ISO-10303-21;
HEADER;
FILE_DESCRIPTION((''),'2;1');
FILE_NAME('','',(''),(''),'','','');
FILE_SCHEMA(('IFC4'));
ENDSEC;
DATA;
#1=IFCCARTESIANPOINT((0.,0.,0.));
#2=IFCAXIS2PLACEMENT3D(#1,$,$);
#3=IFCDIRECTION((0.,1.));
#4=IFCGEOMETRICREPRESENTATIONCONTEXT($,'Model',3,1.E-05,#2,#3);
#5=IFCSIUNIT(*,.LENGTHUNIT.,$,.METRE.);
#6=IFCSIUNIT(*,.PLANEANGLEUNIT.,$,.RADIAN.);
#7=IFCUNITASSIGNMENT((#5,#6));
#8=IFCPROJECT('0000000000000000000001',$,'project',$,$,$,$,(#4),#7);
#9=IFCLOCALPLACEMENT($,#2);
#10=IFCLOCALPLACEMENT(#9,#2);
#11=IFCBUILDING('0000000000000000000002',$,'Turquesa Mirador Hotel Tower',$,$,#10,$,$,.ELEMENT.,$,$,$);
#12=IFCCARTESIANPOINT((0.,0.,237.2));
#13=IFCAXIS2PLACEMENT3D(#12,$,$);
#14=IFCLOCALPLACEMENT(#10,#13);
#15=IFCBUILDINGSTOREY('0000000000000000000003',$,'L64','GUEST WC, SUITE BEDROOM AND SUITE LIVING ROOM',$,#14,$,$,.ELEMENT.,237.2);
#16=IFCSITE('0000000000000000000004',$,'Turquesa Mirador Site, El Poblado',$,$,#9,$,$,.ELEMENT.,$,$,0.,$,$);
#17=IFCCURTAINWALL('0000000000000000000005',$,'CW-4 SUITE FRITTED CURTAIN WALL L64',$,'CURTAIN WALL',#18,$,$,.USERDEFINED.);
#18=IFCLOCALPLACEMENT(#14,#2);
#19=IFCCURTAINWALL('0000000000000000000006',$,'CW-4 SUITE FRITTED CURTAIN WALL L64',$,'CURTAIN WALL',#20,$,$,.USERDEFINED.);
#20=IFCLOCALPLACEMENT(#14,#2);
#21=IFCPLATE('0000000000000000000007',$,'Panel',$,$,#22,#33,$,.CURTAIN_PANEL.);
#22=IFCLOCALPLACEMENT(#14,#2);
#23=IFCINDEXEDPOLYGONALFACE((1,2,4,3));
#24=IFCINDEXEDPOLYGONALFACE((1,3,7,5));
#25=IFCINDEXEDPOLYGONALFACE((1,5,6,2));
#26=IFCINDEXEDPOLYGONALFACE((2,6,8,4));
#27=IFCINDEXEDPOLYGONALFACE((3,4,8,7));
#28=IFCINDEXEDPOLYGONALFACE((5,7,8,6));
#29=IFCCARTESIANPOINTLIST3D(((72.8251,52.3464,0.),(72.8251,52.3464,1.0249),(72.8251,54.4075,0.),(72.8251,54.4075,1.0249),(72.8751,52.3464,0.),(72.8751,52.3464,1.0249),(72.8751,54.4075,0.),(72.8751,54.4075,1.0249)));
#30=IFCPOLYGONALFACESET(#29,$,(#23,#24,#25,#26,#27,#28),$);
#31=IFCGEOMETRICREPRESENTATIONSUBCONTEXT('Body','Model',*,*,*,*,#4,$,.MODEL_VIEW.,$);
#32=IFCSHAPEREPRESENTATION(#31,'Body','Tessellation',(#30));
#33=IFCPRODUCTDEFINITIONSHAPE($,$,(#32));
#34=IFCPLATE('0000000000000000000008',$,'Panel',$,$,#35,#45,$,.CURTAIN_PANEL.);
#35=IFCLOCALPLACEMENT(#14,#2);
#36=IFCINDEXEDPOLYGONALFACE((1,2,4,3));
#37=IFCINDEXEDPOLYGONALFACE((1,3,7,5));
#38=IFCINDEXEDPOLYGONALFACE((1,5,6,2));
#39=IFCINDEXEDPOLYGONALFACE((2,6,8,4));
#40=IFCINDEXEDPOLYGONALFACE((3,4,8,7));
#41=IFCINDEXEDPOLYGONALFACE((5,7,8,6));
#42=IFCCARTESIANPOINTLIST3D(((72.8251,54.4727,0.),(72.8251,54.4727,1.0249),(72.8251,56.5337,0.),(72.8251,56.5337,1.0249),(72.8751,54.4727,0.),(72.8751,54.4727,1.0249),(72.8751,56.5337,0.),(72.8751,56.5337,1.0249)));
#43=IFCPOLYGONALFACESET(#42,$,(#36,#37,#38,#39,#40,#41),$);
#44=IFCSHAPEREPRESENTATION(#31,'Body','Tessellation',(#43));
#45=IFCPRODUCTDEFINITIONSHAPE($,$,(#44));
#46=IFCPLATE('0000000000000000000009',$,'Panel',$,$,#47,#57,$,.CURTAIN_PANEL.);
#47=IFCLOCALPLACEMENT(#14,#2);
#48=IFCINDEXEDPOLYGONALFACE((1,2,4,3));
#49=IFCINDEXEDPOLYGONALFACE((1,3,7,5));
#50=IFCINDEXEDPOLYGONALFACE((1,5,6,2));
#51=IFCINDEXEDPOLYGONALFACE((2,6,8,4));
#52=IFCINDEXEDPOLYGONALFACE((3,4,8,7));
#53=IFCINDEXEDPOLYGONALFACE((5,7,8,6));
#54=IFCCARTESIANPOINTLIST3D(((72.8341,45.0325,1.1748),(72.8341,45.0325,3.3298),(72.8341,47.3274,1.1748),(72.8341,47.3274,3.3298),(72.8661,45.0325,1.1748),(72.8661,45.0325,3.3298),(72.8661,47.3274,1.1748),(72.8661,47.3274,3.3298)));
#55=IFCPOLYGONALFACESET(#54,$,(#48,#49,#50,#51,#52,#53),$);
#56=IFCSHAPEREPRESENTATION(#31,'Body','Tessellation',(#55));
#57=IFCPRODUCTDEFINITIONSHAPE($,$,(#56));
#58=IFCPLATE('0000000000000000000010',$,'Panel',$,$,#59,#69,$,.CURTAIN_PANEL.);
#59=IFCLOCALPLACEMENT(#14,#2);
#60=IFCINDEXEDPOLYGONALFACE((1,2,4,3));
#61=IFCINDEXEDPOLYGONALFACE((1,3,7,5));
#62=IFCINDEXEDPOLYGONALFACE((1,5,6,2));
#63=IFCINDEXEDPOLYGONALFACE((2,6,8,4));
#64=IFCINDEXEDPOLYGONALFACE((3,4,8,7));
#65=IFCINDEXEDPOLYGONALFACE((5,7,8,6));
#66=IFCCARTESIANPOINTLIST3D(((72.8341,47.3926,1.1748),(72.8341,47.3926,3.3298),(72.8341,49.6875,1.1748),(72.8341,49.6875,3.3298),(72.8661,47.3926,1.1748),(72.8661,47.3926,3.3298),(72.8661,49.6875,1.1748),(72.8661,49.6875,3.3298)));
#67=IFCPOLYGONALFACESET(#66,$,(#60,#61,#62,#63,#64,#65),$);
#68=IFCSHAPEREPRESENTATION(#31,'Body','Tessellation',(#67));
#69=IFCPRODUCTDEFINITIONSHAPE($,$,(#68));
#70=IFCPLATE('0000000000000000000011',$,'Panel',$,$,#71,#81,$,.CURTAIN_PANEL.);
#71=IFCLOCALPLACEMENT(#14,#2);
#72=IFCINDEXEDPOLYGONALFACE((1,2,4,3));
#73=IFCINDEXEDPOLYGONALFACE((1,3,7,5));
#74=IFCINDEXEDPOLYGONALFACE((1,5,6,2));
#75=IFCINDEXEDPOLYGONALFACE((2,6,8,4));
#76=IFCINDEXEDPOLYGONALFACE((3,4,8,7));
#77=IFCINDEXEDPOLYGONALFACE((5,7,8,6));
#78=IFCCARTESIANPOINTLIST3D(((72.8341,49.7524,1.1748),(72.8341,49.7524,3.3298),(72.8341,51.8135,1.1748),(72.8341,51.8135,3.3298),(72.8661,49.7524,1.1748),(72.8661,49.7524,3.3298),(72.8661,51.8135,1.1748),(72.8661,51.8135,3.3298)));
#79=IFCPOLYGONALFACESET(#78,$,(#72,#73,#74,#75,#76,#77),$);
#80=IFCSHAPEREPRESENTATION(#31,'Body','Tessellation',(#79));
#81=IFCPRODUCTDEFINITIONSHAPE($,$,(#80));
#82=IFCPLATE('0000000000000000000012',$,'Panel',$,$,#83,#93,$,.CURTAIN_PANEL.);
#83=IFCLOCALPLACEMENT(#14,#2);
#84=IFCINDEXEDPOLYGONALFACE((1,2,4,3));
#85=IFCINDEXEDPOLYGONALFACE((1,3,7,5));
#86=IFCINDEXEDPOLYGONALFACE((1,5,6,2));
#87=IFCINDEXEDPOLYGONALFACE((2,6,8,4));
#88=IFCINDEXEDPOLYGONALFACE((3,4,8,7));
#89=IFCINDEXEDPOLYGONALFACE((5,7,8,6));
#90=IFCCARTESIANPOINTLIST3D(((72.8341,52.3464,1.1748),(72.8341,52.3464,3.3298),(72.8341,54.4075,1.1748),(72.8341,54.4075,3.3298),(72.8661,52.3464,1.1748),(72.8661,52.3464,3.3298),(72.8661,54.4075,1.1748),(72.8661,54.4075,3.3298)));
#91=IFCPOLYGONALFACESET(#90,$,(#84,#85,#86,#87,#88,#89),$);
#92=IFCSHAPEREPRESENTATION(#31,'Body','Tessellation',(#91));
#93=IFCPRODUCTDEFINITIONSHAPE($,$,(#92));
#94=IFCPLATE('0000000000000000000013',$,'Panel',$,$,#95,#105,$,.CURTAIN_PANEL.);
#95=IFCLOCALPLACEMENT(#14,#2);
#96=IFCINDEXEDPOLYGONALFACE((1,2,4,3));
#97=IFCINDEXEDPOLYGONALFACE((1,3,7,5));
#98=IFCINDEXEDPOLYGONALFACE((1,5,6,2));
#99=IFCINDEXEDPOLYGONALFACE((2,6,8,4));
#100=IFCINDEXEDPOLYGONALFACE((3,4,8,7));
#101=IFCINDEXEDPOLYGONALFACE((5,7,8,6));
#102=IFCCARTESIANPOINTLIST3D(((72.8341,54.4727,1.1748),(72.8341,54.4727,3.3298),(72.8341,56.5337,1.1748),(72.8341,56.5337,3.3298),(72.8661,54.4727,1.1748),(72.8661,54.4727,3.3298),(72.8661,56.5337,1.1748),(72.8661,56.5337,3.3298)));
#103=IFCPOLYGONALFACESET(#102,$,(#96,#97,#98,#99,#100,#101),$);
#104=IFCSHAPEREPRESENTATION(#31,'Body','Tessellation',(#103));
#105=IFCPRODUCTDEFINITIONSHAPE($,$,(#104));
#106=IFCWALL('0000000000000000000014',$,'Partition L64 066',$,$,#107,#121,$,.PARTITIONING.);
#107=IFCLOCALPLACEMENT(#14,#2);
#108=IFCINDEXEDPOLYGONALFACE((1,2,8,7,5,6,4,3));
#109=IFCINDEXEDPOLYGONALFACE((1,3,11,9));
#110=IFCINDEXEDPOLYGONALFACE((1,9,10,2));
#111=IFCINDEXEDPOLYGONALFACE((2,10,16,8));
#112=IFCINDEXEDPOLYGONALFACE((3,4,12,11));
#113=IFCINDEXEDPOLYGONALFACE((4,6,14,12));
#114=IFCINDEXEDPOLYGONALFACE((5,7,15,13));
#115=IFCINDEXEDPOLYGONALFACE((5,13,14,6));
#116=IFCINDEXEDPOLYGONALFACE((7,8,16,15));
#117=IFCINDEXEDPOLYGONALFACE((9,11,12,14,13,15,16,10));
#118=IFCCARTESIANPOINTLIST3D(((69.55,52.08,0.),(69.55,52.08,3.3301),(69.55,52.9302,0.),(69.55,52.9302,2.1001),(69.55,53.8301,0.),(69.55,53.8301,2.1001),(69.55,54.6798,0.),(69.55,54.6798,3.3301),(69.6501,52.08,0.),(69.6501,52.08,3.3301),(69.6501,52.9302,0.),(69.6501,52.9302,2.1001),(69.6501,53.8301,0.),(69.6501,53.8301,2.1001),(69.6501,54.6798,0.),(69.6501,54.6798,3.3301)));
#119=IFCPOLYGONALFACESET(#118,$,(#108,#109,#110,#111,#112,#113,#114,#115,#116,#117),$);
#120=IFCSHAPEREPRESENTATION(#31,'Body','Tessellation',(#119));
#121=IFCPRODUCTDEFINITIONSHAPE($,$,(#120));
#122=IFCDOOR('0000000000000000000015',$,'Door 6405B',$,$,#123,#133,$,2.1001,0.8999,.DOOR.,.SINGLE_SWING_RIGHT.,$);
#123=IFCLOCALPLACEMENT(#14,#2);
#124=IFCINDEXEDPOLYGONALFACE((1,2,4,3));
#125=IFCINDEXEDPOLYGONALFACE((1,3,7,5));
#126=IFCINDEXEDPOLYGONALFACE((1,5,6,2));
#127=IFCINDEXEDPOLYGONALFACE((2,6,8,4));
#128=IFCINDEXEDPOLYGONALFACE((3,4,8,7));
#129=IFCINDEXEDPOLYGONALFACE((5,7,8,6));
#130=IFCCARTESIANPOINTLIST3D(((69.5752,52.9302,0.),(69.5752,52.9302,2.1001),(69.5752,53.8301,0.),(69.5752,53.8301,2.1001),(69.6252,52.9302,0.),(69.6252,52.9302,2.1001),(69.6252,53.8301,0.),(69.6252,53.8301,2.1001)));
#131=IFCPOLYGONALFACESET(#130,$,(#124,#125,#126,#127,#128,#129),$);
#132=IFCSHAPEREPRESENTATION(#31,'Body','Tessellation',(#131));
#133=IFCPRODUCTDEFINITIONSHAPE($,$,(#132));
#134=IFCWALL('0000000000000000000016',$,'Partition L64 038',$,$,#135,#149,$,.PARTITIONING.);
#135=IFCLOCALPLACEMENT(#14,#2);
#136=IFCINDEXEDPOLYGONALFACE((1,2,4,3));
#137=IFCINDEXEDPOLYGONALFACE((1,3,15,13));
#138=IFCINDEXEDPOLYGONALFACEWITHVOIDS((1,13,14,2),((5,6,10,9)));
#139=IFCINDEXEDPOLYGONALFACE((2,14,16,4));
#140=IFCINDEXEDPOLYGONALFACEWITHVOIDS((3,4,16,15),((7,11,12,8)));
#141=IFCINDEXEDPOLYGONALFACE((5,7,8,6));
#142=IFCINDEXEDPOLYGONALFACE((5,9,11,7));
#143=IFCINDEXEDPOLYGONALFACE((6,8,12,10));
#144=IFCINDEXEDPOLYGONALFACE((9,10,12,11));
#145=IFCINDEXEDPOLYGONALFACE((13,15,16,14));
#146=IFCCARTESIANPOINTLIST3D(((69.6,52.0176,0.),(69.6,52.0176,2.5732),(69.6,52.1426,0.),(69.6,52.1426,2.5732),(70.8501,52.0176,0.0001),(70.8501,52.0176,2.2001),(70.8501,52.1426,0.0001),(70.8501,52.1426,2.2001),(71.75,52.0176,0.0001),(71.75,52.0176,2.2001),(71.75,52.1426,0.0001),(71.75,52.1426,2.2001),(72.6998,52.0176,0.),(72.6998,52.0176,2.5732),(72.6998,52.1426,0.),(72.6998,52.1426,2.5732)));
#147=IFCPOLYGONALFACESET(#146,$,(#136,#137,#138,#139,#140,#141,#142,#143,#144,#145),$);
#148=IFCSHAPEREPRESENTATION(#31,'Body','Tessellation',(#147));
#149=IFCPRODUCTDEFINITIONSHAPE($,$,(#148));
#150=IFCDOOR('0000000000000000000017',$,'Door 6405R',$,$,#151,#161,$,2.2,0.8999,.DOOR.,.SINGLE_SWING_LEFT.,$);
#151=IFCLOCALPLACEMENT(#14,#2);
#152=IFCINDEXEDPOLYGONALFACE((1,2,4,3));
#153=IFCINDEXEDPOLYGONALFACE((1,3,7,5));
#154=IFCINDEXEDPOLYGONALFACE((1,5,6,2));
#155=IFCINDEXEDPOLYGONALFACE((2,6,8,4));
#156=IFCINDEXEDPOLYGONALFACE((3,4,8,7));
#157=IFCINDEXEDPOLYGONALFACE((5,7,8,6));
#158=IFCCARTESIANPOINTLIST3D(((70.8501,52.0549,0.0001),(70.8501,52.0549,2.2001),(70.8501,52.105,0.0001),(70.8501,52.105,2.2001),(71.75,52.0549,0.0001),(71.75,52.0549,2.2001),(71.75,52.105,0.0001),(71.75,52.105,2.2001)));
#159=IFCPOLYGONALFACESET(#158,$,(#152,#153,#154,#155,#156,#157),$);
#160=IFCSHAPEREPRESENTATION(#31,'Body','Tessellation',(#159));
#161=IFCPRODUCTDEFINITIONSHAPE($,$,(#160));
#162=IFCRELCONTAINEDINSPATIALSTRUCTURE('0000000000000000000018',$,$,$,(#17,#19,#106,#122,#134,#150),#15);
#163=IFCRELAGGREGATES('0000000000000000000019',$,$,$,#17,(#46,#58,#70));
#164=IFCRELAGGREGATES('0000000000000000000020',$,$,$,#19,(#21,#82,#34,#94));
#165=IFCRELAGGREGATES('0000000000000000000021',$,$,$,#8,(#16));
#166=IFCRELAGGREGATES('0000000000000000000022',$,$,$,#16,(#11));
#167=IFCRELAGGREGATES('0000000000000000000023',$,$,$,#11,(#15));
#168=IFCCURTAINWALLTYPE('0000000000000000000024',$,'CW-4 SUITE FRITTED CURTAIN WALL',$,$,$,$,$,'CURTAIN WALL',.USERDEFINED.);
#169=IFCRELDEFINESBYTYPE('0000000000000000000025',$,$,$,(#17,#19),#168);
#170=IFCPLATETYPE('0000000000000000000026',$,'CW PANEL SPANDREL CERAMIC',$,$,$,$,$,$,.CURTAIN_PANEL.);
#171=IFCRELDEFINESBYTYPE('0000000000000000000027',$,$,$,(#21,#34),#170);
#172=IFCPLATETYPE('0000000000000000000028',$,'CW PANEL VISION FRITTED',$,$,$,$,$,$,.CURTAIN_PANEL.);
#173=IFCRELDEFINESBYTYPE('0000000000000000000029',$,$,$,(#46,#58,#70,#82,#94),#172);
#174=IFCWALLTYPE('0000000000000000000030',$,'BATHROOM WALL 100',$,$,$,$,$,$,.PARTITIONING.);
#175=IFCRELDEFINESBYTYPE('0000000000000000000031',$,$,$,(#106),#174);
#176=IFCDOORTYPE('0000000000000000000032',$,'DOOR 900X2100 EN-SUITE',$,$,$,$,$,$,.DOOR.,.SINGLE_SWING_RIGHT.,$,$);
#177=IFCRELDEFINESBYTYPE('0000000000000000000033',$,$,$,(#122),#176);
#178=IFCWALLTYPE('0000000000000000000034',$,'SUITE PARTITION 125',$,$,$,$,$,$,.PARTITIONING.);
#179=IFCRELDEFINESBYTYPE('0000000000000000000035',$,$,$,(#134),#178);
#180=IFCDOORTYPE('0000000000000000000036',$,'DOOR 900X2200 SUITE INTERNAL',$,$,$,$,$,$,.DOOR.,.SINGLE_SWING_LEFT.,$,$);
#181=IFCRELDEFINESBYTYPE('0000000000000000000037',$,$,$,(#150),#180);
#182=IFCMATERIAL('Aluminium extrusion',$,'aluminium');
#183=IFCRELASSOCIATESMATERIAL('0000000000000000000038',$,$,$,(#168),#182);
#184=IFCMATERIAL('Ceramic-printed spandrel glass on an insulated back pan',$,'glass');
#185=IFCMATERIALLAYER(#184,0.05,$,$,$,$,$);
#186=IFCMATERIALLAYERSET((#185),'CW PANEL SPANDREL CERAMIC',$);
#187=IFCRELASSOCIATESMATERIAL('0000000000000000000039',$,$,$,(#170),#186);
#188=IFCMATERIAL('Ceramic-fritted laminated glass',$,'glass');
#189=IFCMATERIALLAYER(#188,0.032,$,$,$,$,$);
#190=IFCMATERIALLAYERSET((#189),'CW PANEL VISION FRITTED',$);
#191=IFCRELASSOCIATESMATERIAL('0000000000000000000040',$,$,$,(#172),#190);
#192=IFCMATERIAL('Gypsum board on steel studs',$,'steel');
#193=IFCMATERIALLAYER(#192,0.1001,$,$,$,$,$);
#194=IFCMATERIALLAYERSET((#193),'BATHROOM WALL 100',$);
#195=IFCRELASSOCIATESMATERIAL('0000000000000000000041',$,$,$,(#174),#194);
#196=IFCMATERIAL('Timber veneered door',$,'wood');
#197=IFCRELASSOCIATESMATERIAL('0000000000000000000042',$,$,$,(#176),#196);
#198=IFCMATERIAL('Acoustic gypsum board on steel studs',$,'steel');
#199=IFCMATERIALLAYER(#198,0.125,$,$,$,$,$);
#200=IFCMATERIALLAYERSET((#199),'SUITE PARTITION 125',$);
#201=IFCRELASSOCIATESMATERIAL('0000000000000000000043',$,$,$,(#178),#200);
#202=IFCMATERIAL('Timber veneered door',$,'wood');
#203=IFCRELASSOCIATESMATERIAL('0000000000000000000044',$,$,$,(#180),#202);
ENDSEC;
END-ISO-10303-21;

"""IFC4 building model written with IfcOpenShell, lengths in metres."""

from ifc_helpers import new_model, si_unit, direction, frame, frame_2d, origin, origin_2d, place, context, subcontext, project, spatial, rectangle, extrude, material, layer, layer_set, type_object, element, fill, aggregate, save


model = new_model("IFC4")

# Units and contexts
model_context = context("Model", 3, precision=1e-05, world=origin(), true_north=direction((0.0, 1.0)))
body_context = subcontext(model_context, "Body", "Model", "MODEL_VIEW")
ifc_project = project(units=[si_unit("LENGTHUNIT", "METRE"), si_unit("PLANEANGLEUNIT", "RADIAN")], contexts=[model_context])

# Site, building, storey
site_placement = place(None, origin())
site = spatial("IfcSite", under=ifc_project, at=site_placement, Name="Turquesa Mirador Site, El Poblado", CompositionType="ELEMENT", RefElevation=0.0)
building_placement = place(site_placement, origin())
building = spatial("IfcBuilding", under=site, at=building_placement, Name="Turquesa Mirador Hotel Tower", CompositionType="ELEMENT")
storey_placement = place(building_placement, frame((0.0, 0.0, 237.2)))
storey = spatial("IfcBuildingStorey", under=building, at=storey_placement, Name="L64", Description="GUEST WC, SUITE BEDROOM AND SUITE LIVING ROOM", CompositionType="ELEMENT", Elevation=237.2)

# Curtain walls
ifc_material_1 = material(Name="Aluminium extrusion", Category="aluminium")
curtain_wall_type = type_object("IfcCurtainWallType", Name="CW-4 SUITE FRITTED CURTAIN WALL", ElementType="CURTAIN WALL", PredefinedType="USERDEFINED", material=ifc_material_1)
curtain_wall_1_placement = place(storey_placement, origin())
curtain_wall_1 = element("IfcCurtainWall", 1, at=curtain_wall_1_placement, inside=storey, type_object=curtain_wall_type, Name="CW-4 SUITE FRITTED CURTAIN WALL L64", ObjectType="CURTAIN WALL", PredefinedType="USERDEFINED")
curtain_wall_2_placement = place(storey_placement, origin())
curtain_wall_2 = element("IfcCurtainWall", 2, at=curtain_wall_2_placement, inside=storey, type_object=curtain_wall_type, Name="CW-4 SUITE FRITTED CURTAIN WALL L64", ObjectType="CURTAIN WALL", PredefinedType="USERDEFINED")

# Plates
ifc_material_2 = material(Name="Ceramic-printed spandrel glass on an insulated back pan", Category="glass")
ifc_layer_1 = layer(ifc_material_2, 0.05)
ifc_layer_set_1 = layer_set([ifc_layer_1], Name="CW PANEL SPANDREL CERAMIC")
plate_type_1 = type_object("IfcPlateType", Name="CW PANEL SPANDREL CERAMIC", PredefinedType="CURTAIN_PANEL", material=ifc_layer_set_1)
plate_1_placement = place(storey_placement, frame((72.8501, 53.377, 0.0), z_axis=(0.0, 0.0, 1.0), x_axis=(0.0, 1.0, 0.0)))
plate_1 = element("IfcPlate", 3, at=plate_1_placement, type_object=plate_type_1, Name="Panel", PredefinedType="CURTAIN_PANEL", context=body_context, shape_type="SweptSolid", body=[
    extrude(rectangle(XDim=2.061, YDim=0.05, at=origin_2d()), origin(), (0.0, 0.0, 1.0), 1.0249),
])
plate_2_placement = place(storey_placement, frame((72.8501, 55.5032, 0.0), z_axis=(0.0, 0.0, 1.0), x_axis=(0.0, 1.0, 0.0)))
plate_2 = element("IfcPlate", 4, at=plate_2_placement, type_object=plate_type_1, Name="Panel", PredefinedType="CURTAIN_PANEL", context=body_context, shape_type="SweptSolid", body=[
    extrude(rectangle(XDim=2.061, YDim=0.05, at=origin_2d()), origin(), (0.0, 0.0, 1.0), 1.0249),
])
ifc_material_3 = material(Name="Ceramic-fritted laminated glass", Category="glass")
ifc_layer_2 = layer(ifc_material_3, 0.032)
ifc_layer_set_2 = layer_set([ifc_layer_2], Name="CW PANEL VISION FRITTED")
plate_type_2 = type_object("IfcPlateType", Name="CW PANEL VISION FRITTED", PredefinedType="CURTAIN_PANEL", material=ifc_layer_set_2)
plate_3_placement = place(storey_placement, frame((72.8501, 46.1799, 1.1748), z_axis=(0.0, 0.0, 1.0), x_axis=(0.0, 1.0, 0.0)))
plate_3 = element("IfcPlate", 5, at=plate_3_placement, type_object=plate_type_2, Name="Panel", PredefinedType="CURTAIN_PANEL", context=body_context, shape_type="SweptSolid", body=[
    extrude(rectangle(XDim=2.2949, YDim=0.032, at=origin_2d()), origin(), (0.0, 0.0, 1.0), 2.155),
])
plate_4_placement = place(storey_placement, frame((72.8501, 48.54, 1.1748), z_axis=(0.0, 0.0, 1.0), x_axis=(0.0, 1.0, 0.0)))
plate_4 = element("IfcPlate", 6, at=plate_4_placement, type_object=plate_type_2, Name="Panel", PredefinedType="CURTAIN_PANEL", context=body_context, shape_type="SweptSolid", body=[
    extrude(rectangle(XDim=2.2949, YDim=0.032, at=origin_2d()), origin(), (0.0, 0.0, 1.0), 2.155),
])
plate_5_placement = place(storey_placement, frame((72.8501, 50.783, 1.1748), z_axis=(0.0, 0.0, 1.0), x_axis=(0.0, 1.0, 0.0)))
plate_5 = element("IfcPlate", 7, at=plate_5_placement, type_object=plate_type_2, Name="Panel", PredefinedType="CURTAIN_PANEL", context=body_context, shape_type="SweptSolid", body=[
    extrude(rectangle(XDim=2.061, YDim=0.032, at=origin_2d()), origin(), (0.0, 0.0, 1.0), 2.155),
])
aggregate(curtain_wall_1, [plate_3, plate_4, plate_5])
plate_6_placement = place(storey_placement, frame((72.8501, 53.377, 1.1748), z_axis=(0.0, 0.0, 1.0), x_axis=(0.0, 1.0, 0.0)))
plate_6 = element("IfcPlate", 8, at=plate_6_placement, type_object=plate_type_2, Name="Panel", PredefinedType="CURTAIN_PANEL", context=body_context, shape_type="SweptSolid", body=[
    extrude(rectangle(XDim=2.061, YDim=0.032, at=origin_2d()), origin(), (0.0, 0.0, 1.0), 2.155),
])
plate_7_placement = place(storey_placement, frame((72.8501, 55.5032, 1.1748), z_axis=(0.0, 0.0, 1.0), x_axis=(0.0, 1.0, 0.0)))
plate_7 = element("IfcPlate", 9, at=plate_7_placement, type_object=plate_type_2, Name="Panel", PredefinedType="CURTAIN_PANEL", context=body_context, shape_type="SweptSolid", body=[
    extrude(rectangle(XDim=2.061, YDim=0.032, at=origin_2d()), origin(), (0.0, 0.0, 1.0), 2.155),
])
aggregate(curtain_wall_2, [plate_1, plate_6, plate_2, plate_7])

# Walls, openings, doors
ifc_material_4 = material(Name="Gypsum board on steel studs", Category="steel")
ifc_layer_3 = layer(ifc_material_4, 0.1001)
ifc_layer_set_3 = layer_set([ifc_layer_3], Name="BATHROOM WALL 100")
wall_type_1 = type_object("IfcWallType", Name="BATHROOM WALL 100", PredefinedType="PARTITIONING", material=ifc_layer_set_3)
wall_1_placement = place(storey_placement, frame((69.6001, 52.0801, 0.0), z_axis=(0.0, 0.0, 1.0), x_axis=(0.0, 1.0, 0.0)))
wall_1 = element("IfcWall", 10, at=wall_1_placement, inside=storey, type_object=wall_type_1, Name="Partition L64 066", PredefinedType="PARTITIONING", context=body_context, shape_type="SweptSolid", body=[
    extrude(rectangle(XDim=2.5999, YDim=0.1001, at=frame_2d((1.2998, 0.0))), origin(), (0.0, 0.0, 1.0), 3.3301),
])
opening_1_placement = place(wall_1_placement, frame((0.8501, 0.0, 0.0)))
opening_1 = element("IfcOpeningElement", 11, at=opening_1_placement, cuts=wall_1, PredefinedType="OPENING", context=body_context, shape_type="SweptSolid", body=[
    extrude(rectangle(XDim=0.8999, YDim=2.1001, at=frame_2d((0.45, 1.05))), frame((0.0, 0.0601, 0.0), z_axis=(0.0, -1.0, 0.0), x_axis=(1.0, 0.0, 0.0)), (0.0, 0.0, 1.0), 0.1201),
])
ifc_material_5 = material(Name="Timber veneered door", Category="wood")
door_type_1 = type_object("IfcDoorType", Name="DOOR 900X2100 EN-SUITE", OperationType="SINGLE_SWING_RIGHT", PredefinedType="DOOR", material=ifc_material_5)
door_1_placement = place(opening_1_placement, origin())
door_1 = element("IfcDoor", 12, at=door_1_placement, inside=storey, type_object=door_type_1, Name="Door 6405B", OperationType="SINGLE_SWING_RIGHT", OverallHeight=2.1001, OverallWidth=0.8999, PredefinedType="DOOR", context=body_context, shape_type="SweptSolid", body=[
    extrude(rectangle(XDim=0.8999, YDim=2.1001, at=frame_2d((0.45, 1.05))), frame((0.0, 0.0249, 0.0), z_axis=(0.0, -1.0, 0.0), x_axis=(1.0, 0.0, 0.0)), (0.0, 0.0, 1.0), 0.05),
])
fill(opening_1, door_1)
ifc_material_6 = material(Name="Acoustic gypsum board on steel studs", Category="steel")
ifc_layer_4 = layer(ifc_material_6, 0.125)
ifc_layer_set_4 = layer_set([ifc_layer_4], Name="SUITE PARTITION 125")
wall_type_2 = type_object("IfcWallType", Name="SUITE PARTITION 125", PredefinedType="PARTITIONING", material=ifc_layer_set_4)
wall_2_placement = place(storey_placement, frame((69.6001, 52.0801, 0.0), z_axis=(0.0, 0.0, 1.0), x_axis=(1.0, 0.0, 0.0)))
wall_2 = element("IfcWall", 13, at=wall_2_placement, inside=storey, type_object=wall_type_2, Name="Partition L64 038", PredefinedType="PARTITIONING", context=body_context, shape_type="SweptSolid", body=[
    extrude(rectangle(XDim=3.0999, YDim=0.125, at=frame_2d((1.5498, 0.0))), origin(), (0.0, 0.0, 1.0), 2.5732),
])
opening_2_placement = place(wall_2_placement, frame((1.25, 0.0, 0.0)))
opening_2 = element("IfcOpeningElement", 14, at=opening_2_placement, cuts=wall_2, PredefinedType="OPENING", context=body_context, shape_type="SweptSolid", body=[
    extrude(rectangle(XDim=0.8999, YDim=2.2, at=frame_2d((0.45, 1.1001))), frame((0.0, 0.0725, 0.0), z_axis=(0.0, -1.0, 0.0), x_axis=(1.0, 0.0, 0.0)), (0.0, 0.0, 1.0), 0.145),
])
ifc_material_7 = material(Name="Timber veneered door", Category="wood")
door_type_2 = type_object("IfcDoorType", Name="DOOR 900X2200 SUITE INTERNAL", OperationType="SINGLE_SWING_LEFT", PredefinedType="DOOR", material=ifc_material_7)
door_2_placement = place(opening_2_placement, origin())
door_2 = element("IfcDoor", 15, at=door_2_placement, inside=storey, type_object=door_type_2, Name="Door 6405R", OperationType="SINGLE_SWING_LEFT", OverallHeight=2.2, OverallWidth=0.8999, PredefinedType="DOOR", context=body_context, shape_type="SweptSolid", body=[
    extrude(rectangle(XDim=0.8999, YDim=2.2, at=frame_2d((0.45, 1.1001))), frame((0.0, 0.0249, 0.0), z_axis=(0.0, -1.0, 0.0), x_axis=(1.0, 0.0, 0.0)), (0.0, 0.0, 1.0), 0.05),
])
fill(opening_2, door_2)

save(model, "model.ifc")
